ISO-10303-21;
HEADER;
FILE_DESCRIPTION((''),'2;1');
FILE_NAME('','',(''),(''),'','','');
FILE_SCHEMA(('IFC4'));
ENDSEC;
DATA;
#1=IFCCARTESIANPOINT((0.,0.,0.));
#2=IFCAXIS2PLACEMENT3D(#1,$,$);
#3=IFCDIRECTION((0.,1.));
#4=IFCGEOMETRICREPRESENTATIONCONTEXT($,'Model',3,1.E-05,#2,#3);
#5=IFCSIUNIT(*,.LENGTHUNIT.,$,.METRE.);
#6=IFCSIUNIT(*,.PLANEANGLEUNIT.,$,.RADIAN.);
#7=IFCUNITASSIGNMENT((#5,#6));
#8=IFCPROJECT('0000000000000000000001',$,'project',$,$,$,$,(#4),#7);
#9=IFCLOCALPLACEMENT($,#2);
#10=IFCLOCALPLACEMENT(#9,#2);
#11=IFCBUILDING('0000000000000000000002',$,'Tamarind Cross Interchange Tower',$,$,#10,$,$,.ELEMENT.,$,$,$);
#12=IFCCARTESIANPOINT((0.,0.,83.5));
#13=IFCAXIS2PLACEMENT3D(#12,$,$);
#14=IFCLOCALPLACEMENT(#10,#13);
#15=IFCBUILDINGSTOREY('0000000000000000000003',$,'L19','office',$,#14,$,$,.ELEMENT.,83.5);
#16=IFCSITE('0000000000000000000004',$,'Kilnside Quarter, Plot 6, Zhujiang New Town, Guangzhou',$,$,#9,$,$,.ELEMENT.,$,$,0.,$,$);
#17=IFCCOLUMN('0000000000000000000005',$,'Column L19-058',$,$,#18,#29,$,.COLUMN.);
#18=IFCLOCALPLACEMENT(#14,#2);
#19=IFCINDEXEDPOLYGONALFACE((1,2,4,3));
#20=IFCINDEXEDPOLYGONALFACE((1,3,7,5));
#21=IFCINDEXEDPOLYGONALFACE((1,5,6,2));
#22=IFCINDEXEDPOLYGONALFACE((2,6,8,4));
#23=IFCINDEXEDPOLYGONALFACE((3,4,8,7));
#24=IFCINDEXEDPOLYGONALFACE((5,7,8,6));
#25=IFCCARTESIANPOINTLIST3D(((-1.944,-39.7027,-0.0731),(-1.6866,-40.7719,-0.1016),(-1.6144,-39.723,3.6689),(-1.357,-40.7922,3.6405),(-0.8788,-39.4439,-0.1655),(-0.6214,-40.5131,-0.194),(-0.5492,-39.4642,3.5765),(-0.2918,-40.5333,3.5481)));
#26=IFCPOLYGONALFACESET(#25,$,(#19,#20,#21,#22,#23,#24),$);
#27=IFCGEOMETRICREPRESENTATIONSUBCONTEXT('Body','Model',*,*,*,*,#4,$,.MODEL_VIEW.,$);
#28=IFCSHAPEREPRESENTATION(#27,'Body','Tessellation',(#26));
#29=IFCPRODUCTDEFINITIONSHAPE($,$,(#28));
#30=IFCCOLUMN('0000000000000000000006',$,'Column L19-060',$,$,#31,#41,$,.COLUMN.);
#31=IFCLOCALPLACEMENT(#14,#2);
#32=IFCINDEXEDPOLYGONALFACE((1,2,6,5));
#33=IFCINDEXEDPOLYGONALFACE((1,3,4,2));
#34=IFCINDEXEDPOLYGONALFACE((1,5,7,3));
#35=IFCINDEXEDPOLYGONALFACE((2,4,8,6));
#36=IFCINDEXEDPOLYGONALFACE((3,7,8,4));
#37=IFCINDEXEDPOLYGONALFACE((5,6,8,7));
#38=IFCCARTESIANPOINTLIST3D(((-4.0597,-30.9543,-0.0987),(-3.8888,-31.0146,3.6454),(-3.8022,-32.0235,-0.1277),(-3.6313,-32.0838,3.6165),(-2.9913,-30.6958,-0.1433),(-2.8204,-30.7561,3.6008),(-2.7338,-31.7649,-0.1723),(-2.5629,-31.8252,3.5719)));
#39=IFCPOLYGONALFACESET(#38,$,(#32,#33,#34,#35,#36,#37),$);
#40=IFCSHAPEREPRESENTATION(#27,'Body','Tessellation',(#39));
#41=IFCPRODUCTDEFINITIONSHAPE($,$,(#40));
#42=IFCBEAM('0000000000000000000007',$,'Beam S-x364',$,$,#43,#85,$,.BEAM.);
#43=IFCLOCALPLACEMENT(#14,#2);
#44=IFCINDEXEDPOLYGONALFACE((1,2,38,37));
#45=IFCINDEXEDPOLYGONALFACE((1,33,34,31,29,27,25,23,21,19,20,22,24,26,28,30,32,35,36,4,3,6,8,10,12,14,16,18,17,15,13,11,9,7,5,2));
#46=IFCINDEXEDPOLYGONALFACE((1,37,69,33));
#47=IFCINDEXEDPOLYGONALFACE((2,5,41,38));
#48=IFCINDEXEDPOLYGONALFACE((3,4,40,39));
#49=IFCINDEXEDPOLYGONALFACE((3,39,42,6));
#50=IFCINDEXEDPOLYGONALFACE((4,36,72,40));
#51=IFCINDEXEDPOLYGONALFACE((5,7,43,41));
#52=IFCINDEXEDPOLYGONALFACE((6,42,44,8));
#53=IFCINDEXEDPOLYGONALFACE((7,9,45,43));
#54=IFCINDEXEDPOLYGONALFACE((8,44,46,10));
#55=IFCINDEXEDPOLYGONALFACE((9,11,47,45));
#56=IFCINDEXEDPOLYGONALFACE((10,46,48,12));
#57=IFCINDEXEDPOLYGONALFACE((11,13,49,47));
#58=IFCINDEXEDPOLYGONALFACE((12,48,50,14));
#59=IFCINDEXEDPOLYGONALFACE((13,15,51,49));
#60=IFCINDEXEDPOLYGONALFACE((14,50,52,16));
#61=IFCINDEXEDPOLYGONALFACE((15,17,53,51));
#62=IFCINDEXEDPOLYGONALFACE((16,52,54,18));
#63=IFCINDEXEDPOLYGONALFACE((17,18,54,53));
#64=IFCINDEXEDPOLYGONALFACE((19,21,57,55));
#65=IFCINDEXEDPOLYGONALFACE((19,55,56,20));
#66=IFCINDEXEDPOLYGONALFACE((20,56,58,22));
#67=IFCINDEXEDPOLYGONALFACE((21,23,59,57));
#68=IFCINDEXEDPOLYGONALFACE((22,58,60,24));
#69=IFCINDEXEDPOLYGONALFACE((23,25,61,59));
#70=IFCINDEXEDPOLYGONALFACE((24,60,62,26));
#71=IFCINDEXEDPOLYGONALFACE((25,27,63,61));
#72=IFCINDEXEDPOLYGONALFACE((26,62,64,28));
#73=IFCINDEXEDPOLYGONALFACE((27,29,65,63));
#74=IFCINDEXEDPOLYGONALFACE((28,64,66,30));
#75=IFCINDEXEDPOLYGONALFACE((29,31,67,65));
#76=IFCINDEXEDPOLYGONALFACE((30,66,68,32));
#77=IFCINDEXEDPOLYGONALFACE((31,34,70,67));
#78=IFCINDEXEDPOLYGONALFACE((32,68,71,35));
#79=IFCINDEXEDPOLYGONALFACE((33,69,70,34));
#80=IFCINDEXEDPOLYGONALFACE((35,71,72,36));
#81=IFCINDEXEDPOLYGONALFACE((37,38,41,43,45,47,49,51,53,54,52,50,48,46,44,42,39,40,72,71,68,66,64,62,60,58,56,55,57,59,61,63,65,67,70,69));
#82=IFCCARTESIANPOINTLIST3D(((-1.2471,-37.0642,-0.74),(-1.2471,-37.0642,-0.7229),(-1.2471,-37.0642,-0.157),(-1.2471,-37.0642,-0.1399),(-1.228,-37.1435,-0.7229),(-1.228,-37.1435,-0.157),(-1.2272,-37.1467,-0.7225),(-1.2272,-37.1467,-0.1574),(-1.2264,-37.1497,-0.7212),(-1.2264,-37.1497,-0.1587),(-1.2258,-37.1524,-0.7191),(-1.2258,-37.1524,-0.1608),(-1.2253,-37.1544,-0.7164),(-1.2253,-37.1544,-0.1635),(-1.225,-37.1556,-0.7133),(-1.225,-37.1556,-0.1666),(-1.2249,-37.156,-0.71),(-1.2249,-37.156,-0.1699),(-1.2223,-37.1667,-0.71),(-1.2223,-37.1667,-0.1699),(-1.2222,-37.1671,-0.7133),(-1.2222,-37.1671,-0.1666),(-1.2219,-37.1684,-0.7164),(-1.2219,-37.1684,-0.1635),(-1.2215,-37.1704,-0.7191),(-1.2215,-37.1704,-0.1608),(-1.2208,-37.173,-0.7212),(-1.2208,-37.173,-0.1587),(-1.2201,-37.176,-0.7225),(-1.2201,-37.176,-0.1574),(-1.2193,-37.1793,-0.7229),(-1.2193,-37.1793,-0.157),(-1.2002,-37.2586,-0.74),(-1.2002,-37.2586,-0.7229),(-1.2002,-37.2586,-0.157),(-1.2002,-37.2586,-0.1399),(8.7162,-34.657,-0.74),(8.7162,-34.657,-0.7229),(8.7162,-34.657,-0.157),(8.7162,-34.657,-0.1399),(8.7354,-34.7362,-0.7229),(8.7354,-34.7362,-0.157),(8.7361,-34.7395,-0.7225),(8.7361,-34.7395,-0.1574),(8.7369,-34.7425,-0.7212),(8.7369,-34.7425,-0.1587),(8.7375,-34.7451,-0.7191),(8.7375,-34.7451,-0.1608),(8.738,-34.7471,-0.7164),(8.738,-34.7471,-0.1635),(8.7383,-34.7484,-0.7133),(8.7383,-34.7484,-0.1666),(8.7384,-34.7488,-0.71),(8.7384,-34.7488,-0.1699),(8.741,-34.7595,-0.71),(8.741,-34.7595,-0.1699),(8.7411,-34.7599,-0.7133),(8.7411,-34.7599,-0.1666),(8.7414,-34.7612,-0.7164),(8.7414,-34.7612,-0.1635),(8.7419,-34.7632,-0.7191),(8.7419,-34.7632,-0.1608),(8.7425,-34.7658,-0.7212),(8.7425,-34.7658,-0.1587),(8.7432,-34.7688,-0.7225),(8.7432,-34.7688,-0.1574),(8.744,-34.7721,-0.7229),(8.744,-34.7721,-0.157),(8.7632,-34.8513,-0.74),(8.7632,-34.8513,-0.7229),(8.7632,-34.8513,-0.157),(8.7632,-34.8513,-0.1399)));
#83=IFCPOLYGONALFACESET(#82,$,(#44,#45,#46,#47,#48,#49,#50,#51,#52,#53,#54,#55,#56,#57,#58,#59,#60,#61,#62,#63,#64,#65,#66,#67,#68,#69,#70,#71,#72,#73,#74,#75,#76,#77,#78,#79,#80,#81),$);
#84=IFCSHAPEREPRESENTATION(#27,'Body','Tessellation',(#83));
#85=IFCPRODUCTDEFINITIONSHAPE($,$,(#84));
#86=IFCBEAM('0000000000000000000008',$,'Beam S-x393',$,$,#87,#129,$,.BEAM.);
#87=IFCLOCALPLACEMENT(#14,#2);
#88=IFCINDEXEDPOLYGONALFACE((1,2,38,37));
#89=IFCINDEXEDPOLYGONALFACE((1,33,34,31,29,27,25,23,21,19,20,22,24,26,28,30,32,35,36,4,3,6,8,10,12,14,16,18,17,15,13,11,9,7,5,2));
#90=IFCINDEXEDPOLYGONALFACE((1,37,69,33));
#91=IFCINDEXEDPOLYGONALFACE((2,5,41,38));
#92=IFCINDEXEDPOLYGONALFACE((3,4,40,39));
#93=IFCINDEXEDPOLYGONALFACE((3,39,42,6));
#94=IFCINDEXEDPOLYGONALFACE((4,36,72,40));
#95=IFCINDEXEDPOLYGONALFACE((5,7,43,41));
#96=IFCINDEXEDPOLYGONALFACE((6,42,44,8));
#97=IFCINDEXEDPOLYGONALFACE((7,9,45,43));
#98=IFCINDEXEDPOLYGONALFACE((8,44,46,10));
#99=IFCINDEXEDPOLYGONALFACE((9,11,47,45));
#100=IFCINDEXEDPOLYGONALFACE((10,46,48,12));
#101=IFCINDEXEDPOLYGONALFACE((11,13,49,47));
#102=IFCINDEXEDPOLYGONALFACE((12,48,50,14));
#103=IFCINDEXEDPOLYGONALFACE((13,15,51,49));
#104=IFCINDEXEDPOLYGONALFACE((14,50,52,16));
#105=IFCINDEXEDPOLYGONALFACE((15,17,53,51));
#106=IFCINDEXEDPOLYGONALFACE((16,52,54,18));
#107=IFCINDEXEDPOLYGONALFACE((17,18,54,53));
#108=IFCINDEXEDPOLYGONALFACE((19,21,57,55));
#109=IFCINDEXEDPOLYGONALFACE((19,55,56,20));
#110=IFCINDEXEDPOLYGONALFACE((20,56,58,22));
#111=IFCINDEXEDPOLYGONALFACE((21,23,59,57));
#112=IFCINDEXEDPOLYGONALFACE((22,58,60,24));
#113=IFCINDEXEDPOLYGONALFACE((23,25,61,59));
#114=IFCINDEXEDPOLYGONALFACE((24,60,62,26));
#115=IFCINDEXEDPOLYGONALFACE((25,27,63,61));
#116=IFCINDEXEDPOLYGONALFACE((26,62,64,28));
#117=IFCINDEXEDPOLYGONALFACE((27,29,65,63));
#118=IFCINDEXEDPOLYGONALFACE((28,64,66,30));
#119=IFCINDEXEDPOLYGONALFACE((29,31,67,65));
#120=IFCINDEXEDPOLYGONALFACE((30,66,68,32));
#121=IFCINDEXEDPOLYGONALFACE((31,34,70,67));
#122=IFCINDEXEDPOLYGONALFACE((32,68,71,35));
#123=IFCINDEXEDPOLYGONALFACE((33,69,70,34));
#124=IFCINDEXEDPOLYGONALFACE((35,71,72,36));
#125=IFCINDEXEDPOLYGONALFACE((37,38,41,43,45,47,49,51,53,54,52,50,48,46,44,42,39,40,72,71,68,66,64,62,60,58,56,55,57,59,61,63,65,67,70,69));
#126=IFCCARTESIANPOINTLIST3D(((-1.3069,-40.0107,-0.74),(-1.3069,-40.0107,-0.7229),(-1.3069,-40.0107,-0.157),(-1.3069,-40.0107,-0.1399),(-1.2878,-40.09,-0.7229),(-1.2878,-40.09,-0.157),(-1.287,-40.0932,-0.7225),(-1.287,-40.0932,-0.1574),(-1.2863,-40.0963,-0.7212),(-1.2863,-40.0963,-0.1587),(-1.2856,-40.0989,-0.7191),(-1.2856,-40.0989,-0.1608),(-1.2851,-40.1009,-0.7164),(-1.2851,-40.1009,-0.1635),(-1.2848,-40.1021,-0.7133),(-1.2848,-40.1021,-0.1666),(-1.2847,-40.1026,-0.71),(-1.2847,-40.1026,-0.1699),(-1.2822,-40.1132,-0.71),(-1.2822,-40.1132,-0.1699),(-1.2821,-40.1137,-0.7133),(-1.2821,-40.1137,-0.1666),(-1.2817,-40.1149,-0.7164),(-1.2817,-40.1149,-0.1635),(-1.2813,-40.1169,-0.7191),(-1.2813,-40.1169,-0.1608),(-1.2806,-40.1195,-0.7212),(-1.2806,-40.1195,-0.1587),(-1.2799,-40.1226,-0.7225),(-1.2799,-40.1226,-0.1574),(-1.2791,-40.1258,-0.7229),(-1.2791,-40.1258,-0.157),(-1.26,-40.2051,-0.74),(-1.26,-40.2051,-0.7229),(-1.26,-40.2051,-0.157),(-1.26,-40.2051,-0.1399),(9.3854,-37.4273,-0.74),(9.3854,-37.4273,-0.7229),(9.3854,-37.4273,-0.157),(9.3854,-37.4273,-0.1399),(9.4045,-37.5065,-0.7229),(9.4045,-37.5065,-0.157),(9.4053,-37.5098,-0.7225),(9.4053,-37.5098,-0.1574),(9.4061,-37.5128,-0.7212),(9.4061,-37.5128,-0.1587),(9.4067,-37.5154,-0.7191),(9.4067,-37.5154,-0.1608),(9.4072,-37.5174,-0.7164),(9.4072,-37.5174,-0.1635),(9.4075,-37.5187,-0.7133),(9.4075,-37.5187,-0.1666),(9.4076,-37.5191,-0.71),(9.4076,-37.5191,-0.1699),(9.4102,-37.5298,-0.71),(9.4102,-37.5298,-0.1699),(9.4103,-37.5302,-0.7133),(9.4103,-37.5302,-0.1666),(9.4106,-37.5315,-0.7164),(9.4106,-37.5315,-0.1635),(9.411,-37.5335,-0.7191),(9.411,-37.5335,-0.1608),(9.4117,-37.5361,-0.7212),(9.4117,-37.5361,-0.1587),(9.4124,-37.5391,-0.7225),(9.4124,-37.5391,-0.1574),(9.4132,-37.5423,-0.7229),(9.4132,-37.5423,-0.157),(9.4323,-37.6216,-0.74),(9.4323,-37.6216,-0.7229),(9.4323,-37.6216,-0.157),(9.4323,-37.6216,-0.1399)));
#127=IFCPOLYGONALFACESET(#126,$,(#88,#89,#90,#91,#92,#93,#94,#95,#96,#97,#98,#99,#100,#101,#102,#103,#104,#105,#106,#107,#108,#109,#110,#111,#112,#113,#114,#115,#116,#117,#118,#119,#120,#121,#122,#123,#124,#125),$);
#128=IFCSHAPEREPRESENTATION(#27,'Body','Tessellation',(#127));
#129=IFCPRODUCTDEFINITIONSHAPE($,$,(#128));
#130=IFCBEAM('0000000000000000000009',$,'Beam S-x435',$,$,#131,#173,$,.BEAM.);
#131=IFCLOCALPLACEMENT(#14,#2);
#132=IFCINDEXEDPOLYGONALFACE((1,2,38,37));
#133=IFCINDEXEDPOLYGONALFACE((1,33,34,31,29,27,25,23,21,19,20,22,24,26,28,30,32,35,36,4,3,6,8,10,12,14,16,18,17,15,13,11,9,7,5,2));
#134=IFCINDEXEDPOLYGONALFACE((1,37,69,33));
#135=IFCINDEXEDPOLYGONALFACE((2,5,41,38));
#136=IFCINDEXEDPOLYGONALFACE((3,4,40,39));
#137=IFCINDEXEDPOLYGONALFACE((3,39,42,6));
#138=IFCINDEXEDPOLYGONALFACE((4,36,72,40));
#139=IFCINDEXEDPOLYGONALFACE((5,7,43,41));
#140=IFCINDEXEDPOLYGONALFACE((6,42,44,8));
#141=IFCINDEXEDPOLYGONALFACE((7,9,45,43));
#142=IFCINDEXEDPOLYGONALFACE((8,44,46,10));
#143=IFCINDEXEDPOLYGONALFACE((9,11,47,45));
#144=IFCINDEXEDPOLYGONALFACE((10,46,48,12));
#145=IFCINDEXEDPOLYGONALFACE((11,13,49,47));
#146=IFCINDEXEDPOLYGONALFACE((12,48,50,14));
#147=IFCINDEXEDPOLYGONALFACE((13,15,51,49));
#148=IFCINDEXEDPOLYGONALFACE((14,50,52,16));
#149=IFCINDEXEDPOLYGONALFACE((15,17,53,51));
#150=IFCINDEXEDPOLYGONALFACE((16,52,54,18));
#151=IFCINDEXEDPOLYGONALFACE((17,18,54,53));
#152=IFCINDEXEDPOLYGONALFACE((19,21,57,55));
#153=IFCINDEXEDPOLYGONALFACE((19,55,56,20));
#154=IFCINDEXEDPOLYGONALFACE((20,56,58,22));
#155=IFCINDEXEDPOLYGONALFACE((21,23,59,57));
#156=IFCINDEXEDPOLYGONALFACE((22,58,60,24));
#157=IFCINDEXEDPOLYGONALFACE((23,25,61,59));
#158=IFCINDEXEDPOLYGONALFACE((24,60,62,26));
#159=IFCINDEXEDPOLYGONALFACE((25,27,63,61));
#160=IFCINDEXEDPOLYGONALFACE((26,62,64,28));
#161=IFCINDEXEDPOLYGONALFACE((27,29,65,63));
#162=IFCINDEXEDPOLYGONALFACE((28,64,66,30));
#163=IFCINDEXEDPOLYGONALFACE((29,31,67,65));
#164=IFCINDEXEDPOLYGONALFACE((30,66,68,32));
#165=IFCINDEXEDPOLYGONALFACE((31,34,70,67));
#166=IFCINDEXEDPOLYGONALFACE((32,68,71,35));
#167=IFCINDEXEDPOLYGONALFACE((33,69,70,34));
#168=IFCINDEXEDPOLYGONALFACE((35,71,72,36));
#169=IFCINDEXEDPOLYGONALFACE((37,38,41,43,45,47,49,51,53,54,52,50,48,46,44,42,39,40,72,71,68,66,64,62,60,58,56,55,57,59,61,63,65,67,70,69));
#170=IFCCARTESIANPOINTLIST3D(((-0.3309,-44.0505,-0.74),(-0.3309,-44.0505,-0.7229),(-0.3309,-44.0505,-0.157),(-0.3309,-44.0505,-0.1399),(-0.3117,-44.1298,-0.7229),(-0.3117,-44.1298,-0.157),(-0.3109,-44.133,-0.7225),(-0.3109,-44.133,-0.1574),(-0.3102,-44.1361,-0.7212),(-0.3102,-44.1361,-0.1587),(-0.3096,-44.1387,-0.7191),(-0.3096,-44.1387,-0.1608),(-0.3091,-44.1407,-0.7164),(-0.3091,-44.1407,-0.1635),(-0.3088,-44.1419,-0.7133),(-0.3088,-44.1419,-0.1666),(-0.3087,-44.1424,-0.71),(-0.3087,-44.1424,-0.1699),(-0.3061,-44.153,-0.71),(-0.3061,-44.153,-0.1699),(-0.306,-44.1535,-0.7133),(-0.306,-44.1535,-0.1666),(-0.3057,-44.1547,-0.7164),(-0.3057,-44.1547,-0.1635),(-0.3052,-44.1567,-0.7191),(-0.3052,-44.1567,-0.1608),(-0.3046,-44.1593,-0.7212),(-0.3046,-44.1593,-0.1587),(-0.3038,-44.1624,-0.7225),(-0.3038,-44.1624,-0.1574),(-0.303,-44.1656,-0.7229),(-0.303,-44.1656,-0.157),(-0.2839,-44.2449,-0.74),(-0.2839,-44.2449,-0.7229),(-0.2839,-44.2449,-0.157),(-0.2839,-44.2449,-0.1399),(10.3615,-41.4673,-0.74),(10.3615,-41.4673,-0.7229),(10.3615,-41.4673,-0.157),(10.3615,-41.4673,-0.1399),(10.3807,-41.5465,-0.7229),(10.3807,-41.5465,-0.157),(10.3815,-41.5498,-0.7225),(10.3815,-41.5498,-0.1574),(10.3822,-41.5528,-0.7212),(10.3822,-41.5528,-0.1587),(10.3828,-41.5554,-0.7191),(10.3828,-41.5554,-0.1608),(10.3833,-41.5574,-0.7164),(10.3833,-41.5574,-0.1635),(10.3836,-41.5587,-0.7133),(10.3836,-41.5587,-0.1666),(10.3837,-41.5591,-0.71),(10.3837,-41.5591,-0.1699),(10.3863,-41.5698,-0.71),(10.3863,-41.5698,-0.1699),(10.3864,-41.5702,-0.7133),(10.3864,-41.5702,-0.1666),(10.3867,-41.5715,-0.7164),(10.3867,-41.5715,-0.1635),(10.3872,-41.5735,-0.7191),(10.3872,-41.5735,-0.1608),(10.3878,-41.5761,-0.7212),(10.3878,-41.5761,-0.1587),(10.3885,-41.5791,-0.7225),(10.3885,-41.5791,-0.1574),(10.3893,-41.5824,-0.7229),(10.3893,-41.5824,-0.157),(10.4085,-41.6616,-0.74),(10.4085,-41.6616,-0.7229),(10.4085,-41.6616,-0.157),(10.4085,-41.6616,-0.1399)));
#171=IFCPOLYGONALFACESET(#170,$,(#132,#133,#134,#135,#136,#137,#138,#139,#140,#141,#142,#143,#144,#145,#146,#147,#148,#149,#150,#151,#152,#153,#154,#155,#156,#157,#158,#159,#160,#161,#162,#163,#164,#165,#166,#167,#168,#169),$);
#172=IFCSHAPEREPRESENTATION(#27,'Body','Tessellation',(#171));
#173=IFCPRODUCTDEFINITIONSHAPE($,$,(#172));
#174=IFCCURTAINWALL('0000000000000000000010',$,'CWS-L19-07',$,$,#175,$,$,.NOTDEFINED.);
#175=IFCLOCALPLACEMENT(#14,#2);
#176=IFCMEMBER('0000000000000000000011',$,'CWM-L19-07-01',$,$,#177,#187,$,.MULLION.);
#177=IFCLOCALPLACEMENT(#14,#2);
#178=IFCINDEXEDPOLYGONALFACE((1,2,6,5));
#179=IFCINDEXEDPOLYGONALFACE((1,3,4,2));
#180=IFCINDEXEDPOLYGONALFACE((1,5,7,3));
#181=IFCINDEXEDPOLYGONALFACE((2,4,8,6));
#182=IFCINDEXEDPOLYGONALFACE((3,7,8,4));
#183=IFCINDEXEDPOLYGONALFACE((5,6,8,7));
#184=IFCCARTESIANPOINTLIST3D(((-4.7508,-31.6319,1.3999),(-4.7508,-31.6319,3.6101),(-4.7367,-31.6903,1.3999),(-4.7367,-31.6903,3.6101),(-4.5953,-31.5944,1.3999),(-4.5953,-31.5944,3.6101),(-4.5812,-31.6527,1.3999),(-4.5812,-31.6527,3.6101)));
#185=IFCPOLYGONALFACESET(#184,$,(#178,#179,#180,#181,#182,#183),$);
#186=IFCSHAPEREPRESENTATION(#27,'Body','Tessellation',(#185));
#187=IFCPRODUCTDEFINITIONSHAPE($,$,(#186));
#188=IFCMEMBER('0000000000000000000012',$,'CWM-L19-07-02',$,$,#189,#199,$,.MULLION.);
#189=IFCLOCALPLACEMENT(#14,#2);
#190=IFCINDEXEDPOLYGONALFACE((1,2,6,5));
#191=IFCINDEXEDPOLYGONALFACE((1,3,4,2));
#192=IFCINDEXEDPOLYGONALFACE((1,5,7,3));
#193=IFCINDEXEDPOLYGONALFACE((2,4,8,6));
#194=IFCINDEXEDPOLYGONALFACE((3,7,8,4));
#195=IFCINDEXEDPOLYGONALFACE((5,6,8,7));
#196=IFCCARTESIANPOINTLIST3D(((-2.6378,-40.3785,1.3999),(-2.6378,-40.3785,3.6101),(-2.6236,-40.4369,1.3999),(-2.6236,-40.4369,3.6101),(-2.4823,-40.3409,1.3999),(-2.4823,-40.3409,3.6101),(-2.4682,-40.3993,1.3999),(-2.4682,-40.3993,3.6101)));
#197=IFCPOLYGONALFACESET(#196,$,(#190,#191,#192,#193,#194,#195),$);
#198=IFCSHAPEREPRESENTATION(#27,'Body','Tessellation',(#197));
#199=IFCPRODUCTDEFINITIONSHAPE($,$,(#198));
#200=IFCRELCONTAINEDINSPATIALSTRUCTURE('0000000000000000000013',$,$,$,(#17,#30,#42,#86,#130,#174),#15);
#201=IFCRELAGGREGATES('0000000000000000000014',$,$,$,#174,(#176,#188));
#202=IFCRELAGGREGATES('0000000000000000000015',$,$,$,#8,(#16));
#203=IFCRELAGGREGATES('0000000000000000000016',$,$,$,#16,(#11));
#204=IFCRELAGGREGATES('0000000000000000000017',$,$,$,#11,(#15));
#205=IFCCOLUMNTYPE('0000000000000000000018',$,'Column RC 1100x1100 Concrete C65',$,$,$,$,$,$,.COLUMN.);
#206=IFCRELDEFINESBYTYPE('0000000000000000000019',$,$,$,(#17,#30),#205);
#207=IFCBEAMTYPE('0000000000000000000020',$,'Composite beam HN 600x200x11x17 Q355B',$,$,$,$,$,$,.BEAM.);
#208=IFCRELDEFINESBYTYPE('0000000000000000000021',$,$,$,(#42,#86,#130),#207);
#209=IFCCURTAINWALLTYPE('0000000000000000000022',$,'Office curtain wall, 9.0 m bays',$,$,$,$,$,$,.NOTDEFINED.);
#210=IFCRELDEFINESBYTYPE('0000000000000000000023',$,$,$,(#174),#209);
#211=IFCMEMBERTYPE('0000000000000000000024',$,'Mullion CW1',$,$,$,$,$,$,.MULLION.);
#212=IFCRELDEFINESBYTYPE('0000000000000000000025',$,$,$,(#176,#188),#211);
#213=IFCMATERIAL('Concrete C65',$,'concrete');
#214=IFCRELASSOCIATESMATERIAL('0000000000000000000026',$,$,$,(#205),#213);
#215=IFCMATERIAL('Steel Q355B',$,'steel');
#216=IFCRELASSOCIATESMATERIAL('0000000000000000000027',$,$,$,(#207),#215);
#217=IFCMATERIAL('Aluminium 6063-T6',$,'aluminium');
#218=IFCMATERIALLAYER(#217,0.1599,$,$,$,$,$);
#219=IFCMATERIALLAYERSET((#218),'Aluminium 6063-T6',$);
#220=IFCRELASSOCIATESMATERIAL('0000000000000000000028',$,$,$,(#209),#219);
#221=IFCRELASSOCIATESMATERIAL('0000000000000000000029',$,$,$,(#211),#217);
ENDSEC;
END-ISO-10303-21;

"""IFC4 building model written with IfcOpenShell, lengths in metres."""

from ifc_helpers import new_model, si_unit, direction, frame, origin, origin_2d, place, context, subcontext, project, spatial, rectangle, i_section, extrude, material, layer, layer_set, material_profile, profile_set, type_object, element, aggregate, save


model = new_model("IFC4")

# Units and contexts
model_context = context("Model", 3, precision=1e-05, world=origin(), true_north=direction((0.0, 1.0)))
body_context = subcontext(model_context, "Body", "Model", "MODEL_VIEW")
ifc_project = project(units=[si_unit("LENGTHUNIT", "METRE"), si_unit("PLANEANGLEUNIT", "RADIAN")], contexts=[model_context])

# Site, building, storey
site_placement = place(None, origin())
site = spatial("IfcSite", under=ifc_project, at=site_placement, Name="Kilnside Quarter, Plot 6, Zhujiang New Town, Guangzhou", CompositionType="ELEMENT", RefElevation=0.0)
building_placement = place(site_placement, origin())
building = spatial("IfcBuilding", under=site, at=building_placement, Name="Tamarind Cross Interchange Tower", CompositionType="ELEMENT")
storey_placement = place(building_placement, frame((0.0, 0.0, 83.5)))
storey = spatial("IfcBuildingStorey", under=building, at=storey_placement, Name="L19", Description="office", CompositionType="ELEMENT", Elevation=83.5)

# Columns
ifc_material_1 = material(Name="Concrete C65", Category="concrete")
ifc_material_profile_1 = material_profile(ifc_material_1, rectangle(XDim=1.1001, YDim=1.1001, at=origin_2d()), Name="RC 1100x1100")
ifc_profile_set_1 = profile_set([ifc_material_profile_1], Name="Concrete C65")
column_type = type_object("IfcColumnType", Name="Column RC 1100x1100 Concrete C65", PredefinedType="COLUMN", material=ifc_profile_set_1)
column_1_placement = place(storey_placement, frame((-1.2827, -40.1079, -0.1335), z_axis=(0.087739, -0.005394, 0.996129), x_axis=(-0.233935, 0.971908, 0.025868)))
element("IfcColumn", 1, at=column_1_placement, inside=storey, type_object=column_type, Name="Column L19-058", PredefinedType="COLUMN", context=body_context, shape_type="SweptSolid", body=[
    extrude(rectangle(XDim=1.1001, YDim=1.1001, at=origin_2d()), origin(), (0.0, 0.0, 1.0), 3.7566),
])
column_2_placement = place(storey_placement, frame((-3.3967, -31.3596, -0.1355), z_axis=(0.045591, -0.016087, 0.998831), x_axis=(-0.234072, 0.971863, 0.026337)))
element("IfcColumn", 2, at=column_2_placement, inside=storey, type_object=column_type, Name="Column L19-060", PredefinedType="COLUMN", context=body_context, shape_type="SweptSolid", body=[
    extrude(rectangle(XDim=1.1001, YDim=1.1001, at=origin_2d()), origin(), (0.0, 0.0, 1.0), 3.7485),
])

# Beams
ifc_material_2 = material(Name="Steel Q355B", Category="steel")
ifc_material_profile_2 = material_profile(ifc_material_2, i_section(OverallWidth=0.2, OverallDepth=0.6001, WebThickness=0.011, FlangeThickness=0.0171, FilletRadius=0.0129, at=origin_2d()), Name="HN 600x200x11x17")
ifc_profile_set_2 = profile_set([ifc_material_profile_2], Name="Steel Q355B")
beam_type = type_object("IfcBeamType", Name="Composite beam HN 600x200x11x17 Q355B", PredefinedType="BEAM", material=ifc_profile_set_2)
beam_placement = place(storey_placement, frame((-1.2236, -37.1614, -0.4399), z_axis=(0.972032, 0.23485, 0.0), x_axis=(-0.23485, 0.972032, 0.0)))
element("IfcBeam", 3, at=beam_placement, inside=storey, type_object=beam_type, Name="Beam S-x364", PredefinedType="BEAM", context=body_context, shape_type="SweptSolid", body=[
    extrude(i_section(OverallWidth=0.2, OverallDepth=0.6001, WebThickness=0.011, FlangeThickness=0.0171, FilletRadius=0.0129, at=origin_2d()), origin(), (0.0, 0.0, 1.0), 10.25),
])
for number, where, z_axis, x_axis, name in (
    (4, (-1.2834, -40.1079, -0.4399), (0.972029, 0.234862, 0.0), (-0.234862, 0.972029, 0.0), "Beam S-x393"),
    (5, (-0.3074, -44.1477, -0.4399), (0.972034, 0.234841, 0.0), (-0.234841, 0.972034, 0.0), "Beam S-x435"),
):
    element("IfcBeam", number, at=place(storey_placement, frame(where, z_axis=z_axis, x_axis=x_axis)), inside=storey, type_object=beam_type, Name=name, PredefinedType="BEAM", context=body_context, shape_type="SweptSolid", body=[
        extrude(i_section(OverallWidth=0.2, OverallDepth=0.6001, WebThickness=0.011, FlangeThickness=0.0171, FilletRadius=0.0129, at=origin_2d()), origin(), (0.0, 0.0, 1.0), 11.0),
    ])

# Curtain wall, members
ifc_material_3 = material(Name="Aluminium 6063-T6", Category="aluminium")
ifc_layer_1 = layer(ifc_material_3, 0.1599)
ifc_layer_set_1 = layer_set([ifc_layer_1], Name="Aluminium 6063-T6")
curtain_wall_type = type_object("IfcCurtainWallType", Name="Office curtain wall, 9.0 m bays", PredefinedType="NOTDEFINED", material=ifc_layer_set_1)
curtain_wall_placement = place(storey_placement, origin())
curtain_wall = element("IfcCurtainWall", 6, at=curtain_wall_placement, inside=storey, type_object=curtain_wall_type, Name="CWS-L19-07", PredefinedType="NOTDEFINED")
ifc_material_profile_3 = material_profile(ifc_material_3, rectangle(XDim=0.0601, YDim=0.1599, at=origin_2d()), Name="Mullion CW1")
ifc_profile_set_3 = profile_set([ifc_material_profile_3], Name="Aluminium 6063-T6")
member_type = type_object("IfcMemberType", Name="Mullion CW1", PredefinedType="MULLION", material=ifc_profile_set_3)
member_1_placement = place(storey_placement, frame((-4.666, -31.6423, 1.3999), z_axis=(0.0, 0.0, 1.0), x_axis=(0.234844, -0.972033, 0.0)))
member_1 = element("IfcMember", 7, at=member_1_placement, type_object=member_type, Name="CWM-L19-07-01", PredefinedType="MULLION", context=body_context, shape_type="SweptSolid", body=[
    extrude(rectangle(XDim=0.0601, YDim=0.1599, at=origin_2d()), origin(), (0.0, 0.0, 1.0), 2.2102),
])
member_2_placement = place(storey_placement, frame((-2.553, -40.3889, 1.3999), z_axis=(0.0, 0.0, 1.0), x_axis=(0.234844, -0.972033, 0.0)))
member_2 = element("IfcMember", 8, at=member_2_placement, type_object=member_type, Name="CWM-L19-07-02", PredefinedType="MULLION", context=body_context, shape_type="SweptSolid", body=[
    extrude(rectangle(XDim=0.0601, YDim=0.1599, at=origin_2d()), origin(), (0.0, 0.0, 1.0), 2.2102),
])
aggregate(curtain_wall, [member_1, member_2])

save(model, "model.ifc")
